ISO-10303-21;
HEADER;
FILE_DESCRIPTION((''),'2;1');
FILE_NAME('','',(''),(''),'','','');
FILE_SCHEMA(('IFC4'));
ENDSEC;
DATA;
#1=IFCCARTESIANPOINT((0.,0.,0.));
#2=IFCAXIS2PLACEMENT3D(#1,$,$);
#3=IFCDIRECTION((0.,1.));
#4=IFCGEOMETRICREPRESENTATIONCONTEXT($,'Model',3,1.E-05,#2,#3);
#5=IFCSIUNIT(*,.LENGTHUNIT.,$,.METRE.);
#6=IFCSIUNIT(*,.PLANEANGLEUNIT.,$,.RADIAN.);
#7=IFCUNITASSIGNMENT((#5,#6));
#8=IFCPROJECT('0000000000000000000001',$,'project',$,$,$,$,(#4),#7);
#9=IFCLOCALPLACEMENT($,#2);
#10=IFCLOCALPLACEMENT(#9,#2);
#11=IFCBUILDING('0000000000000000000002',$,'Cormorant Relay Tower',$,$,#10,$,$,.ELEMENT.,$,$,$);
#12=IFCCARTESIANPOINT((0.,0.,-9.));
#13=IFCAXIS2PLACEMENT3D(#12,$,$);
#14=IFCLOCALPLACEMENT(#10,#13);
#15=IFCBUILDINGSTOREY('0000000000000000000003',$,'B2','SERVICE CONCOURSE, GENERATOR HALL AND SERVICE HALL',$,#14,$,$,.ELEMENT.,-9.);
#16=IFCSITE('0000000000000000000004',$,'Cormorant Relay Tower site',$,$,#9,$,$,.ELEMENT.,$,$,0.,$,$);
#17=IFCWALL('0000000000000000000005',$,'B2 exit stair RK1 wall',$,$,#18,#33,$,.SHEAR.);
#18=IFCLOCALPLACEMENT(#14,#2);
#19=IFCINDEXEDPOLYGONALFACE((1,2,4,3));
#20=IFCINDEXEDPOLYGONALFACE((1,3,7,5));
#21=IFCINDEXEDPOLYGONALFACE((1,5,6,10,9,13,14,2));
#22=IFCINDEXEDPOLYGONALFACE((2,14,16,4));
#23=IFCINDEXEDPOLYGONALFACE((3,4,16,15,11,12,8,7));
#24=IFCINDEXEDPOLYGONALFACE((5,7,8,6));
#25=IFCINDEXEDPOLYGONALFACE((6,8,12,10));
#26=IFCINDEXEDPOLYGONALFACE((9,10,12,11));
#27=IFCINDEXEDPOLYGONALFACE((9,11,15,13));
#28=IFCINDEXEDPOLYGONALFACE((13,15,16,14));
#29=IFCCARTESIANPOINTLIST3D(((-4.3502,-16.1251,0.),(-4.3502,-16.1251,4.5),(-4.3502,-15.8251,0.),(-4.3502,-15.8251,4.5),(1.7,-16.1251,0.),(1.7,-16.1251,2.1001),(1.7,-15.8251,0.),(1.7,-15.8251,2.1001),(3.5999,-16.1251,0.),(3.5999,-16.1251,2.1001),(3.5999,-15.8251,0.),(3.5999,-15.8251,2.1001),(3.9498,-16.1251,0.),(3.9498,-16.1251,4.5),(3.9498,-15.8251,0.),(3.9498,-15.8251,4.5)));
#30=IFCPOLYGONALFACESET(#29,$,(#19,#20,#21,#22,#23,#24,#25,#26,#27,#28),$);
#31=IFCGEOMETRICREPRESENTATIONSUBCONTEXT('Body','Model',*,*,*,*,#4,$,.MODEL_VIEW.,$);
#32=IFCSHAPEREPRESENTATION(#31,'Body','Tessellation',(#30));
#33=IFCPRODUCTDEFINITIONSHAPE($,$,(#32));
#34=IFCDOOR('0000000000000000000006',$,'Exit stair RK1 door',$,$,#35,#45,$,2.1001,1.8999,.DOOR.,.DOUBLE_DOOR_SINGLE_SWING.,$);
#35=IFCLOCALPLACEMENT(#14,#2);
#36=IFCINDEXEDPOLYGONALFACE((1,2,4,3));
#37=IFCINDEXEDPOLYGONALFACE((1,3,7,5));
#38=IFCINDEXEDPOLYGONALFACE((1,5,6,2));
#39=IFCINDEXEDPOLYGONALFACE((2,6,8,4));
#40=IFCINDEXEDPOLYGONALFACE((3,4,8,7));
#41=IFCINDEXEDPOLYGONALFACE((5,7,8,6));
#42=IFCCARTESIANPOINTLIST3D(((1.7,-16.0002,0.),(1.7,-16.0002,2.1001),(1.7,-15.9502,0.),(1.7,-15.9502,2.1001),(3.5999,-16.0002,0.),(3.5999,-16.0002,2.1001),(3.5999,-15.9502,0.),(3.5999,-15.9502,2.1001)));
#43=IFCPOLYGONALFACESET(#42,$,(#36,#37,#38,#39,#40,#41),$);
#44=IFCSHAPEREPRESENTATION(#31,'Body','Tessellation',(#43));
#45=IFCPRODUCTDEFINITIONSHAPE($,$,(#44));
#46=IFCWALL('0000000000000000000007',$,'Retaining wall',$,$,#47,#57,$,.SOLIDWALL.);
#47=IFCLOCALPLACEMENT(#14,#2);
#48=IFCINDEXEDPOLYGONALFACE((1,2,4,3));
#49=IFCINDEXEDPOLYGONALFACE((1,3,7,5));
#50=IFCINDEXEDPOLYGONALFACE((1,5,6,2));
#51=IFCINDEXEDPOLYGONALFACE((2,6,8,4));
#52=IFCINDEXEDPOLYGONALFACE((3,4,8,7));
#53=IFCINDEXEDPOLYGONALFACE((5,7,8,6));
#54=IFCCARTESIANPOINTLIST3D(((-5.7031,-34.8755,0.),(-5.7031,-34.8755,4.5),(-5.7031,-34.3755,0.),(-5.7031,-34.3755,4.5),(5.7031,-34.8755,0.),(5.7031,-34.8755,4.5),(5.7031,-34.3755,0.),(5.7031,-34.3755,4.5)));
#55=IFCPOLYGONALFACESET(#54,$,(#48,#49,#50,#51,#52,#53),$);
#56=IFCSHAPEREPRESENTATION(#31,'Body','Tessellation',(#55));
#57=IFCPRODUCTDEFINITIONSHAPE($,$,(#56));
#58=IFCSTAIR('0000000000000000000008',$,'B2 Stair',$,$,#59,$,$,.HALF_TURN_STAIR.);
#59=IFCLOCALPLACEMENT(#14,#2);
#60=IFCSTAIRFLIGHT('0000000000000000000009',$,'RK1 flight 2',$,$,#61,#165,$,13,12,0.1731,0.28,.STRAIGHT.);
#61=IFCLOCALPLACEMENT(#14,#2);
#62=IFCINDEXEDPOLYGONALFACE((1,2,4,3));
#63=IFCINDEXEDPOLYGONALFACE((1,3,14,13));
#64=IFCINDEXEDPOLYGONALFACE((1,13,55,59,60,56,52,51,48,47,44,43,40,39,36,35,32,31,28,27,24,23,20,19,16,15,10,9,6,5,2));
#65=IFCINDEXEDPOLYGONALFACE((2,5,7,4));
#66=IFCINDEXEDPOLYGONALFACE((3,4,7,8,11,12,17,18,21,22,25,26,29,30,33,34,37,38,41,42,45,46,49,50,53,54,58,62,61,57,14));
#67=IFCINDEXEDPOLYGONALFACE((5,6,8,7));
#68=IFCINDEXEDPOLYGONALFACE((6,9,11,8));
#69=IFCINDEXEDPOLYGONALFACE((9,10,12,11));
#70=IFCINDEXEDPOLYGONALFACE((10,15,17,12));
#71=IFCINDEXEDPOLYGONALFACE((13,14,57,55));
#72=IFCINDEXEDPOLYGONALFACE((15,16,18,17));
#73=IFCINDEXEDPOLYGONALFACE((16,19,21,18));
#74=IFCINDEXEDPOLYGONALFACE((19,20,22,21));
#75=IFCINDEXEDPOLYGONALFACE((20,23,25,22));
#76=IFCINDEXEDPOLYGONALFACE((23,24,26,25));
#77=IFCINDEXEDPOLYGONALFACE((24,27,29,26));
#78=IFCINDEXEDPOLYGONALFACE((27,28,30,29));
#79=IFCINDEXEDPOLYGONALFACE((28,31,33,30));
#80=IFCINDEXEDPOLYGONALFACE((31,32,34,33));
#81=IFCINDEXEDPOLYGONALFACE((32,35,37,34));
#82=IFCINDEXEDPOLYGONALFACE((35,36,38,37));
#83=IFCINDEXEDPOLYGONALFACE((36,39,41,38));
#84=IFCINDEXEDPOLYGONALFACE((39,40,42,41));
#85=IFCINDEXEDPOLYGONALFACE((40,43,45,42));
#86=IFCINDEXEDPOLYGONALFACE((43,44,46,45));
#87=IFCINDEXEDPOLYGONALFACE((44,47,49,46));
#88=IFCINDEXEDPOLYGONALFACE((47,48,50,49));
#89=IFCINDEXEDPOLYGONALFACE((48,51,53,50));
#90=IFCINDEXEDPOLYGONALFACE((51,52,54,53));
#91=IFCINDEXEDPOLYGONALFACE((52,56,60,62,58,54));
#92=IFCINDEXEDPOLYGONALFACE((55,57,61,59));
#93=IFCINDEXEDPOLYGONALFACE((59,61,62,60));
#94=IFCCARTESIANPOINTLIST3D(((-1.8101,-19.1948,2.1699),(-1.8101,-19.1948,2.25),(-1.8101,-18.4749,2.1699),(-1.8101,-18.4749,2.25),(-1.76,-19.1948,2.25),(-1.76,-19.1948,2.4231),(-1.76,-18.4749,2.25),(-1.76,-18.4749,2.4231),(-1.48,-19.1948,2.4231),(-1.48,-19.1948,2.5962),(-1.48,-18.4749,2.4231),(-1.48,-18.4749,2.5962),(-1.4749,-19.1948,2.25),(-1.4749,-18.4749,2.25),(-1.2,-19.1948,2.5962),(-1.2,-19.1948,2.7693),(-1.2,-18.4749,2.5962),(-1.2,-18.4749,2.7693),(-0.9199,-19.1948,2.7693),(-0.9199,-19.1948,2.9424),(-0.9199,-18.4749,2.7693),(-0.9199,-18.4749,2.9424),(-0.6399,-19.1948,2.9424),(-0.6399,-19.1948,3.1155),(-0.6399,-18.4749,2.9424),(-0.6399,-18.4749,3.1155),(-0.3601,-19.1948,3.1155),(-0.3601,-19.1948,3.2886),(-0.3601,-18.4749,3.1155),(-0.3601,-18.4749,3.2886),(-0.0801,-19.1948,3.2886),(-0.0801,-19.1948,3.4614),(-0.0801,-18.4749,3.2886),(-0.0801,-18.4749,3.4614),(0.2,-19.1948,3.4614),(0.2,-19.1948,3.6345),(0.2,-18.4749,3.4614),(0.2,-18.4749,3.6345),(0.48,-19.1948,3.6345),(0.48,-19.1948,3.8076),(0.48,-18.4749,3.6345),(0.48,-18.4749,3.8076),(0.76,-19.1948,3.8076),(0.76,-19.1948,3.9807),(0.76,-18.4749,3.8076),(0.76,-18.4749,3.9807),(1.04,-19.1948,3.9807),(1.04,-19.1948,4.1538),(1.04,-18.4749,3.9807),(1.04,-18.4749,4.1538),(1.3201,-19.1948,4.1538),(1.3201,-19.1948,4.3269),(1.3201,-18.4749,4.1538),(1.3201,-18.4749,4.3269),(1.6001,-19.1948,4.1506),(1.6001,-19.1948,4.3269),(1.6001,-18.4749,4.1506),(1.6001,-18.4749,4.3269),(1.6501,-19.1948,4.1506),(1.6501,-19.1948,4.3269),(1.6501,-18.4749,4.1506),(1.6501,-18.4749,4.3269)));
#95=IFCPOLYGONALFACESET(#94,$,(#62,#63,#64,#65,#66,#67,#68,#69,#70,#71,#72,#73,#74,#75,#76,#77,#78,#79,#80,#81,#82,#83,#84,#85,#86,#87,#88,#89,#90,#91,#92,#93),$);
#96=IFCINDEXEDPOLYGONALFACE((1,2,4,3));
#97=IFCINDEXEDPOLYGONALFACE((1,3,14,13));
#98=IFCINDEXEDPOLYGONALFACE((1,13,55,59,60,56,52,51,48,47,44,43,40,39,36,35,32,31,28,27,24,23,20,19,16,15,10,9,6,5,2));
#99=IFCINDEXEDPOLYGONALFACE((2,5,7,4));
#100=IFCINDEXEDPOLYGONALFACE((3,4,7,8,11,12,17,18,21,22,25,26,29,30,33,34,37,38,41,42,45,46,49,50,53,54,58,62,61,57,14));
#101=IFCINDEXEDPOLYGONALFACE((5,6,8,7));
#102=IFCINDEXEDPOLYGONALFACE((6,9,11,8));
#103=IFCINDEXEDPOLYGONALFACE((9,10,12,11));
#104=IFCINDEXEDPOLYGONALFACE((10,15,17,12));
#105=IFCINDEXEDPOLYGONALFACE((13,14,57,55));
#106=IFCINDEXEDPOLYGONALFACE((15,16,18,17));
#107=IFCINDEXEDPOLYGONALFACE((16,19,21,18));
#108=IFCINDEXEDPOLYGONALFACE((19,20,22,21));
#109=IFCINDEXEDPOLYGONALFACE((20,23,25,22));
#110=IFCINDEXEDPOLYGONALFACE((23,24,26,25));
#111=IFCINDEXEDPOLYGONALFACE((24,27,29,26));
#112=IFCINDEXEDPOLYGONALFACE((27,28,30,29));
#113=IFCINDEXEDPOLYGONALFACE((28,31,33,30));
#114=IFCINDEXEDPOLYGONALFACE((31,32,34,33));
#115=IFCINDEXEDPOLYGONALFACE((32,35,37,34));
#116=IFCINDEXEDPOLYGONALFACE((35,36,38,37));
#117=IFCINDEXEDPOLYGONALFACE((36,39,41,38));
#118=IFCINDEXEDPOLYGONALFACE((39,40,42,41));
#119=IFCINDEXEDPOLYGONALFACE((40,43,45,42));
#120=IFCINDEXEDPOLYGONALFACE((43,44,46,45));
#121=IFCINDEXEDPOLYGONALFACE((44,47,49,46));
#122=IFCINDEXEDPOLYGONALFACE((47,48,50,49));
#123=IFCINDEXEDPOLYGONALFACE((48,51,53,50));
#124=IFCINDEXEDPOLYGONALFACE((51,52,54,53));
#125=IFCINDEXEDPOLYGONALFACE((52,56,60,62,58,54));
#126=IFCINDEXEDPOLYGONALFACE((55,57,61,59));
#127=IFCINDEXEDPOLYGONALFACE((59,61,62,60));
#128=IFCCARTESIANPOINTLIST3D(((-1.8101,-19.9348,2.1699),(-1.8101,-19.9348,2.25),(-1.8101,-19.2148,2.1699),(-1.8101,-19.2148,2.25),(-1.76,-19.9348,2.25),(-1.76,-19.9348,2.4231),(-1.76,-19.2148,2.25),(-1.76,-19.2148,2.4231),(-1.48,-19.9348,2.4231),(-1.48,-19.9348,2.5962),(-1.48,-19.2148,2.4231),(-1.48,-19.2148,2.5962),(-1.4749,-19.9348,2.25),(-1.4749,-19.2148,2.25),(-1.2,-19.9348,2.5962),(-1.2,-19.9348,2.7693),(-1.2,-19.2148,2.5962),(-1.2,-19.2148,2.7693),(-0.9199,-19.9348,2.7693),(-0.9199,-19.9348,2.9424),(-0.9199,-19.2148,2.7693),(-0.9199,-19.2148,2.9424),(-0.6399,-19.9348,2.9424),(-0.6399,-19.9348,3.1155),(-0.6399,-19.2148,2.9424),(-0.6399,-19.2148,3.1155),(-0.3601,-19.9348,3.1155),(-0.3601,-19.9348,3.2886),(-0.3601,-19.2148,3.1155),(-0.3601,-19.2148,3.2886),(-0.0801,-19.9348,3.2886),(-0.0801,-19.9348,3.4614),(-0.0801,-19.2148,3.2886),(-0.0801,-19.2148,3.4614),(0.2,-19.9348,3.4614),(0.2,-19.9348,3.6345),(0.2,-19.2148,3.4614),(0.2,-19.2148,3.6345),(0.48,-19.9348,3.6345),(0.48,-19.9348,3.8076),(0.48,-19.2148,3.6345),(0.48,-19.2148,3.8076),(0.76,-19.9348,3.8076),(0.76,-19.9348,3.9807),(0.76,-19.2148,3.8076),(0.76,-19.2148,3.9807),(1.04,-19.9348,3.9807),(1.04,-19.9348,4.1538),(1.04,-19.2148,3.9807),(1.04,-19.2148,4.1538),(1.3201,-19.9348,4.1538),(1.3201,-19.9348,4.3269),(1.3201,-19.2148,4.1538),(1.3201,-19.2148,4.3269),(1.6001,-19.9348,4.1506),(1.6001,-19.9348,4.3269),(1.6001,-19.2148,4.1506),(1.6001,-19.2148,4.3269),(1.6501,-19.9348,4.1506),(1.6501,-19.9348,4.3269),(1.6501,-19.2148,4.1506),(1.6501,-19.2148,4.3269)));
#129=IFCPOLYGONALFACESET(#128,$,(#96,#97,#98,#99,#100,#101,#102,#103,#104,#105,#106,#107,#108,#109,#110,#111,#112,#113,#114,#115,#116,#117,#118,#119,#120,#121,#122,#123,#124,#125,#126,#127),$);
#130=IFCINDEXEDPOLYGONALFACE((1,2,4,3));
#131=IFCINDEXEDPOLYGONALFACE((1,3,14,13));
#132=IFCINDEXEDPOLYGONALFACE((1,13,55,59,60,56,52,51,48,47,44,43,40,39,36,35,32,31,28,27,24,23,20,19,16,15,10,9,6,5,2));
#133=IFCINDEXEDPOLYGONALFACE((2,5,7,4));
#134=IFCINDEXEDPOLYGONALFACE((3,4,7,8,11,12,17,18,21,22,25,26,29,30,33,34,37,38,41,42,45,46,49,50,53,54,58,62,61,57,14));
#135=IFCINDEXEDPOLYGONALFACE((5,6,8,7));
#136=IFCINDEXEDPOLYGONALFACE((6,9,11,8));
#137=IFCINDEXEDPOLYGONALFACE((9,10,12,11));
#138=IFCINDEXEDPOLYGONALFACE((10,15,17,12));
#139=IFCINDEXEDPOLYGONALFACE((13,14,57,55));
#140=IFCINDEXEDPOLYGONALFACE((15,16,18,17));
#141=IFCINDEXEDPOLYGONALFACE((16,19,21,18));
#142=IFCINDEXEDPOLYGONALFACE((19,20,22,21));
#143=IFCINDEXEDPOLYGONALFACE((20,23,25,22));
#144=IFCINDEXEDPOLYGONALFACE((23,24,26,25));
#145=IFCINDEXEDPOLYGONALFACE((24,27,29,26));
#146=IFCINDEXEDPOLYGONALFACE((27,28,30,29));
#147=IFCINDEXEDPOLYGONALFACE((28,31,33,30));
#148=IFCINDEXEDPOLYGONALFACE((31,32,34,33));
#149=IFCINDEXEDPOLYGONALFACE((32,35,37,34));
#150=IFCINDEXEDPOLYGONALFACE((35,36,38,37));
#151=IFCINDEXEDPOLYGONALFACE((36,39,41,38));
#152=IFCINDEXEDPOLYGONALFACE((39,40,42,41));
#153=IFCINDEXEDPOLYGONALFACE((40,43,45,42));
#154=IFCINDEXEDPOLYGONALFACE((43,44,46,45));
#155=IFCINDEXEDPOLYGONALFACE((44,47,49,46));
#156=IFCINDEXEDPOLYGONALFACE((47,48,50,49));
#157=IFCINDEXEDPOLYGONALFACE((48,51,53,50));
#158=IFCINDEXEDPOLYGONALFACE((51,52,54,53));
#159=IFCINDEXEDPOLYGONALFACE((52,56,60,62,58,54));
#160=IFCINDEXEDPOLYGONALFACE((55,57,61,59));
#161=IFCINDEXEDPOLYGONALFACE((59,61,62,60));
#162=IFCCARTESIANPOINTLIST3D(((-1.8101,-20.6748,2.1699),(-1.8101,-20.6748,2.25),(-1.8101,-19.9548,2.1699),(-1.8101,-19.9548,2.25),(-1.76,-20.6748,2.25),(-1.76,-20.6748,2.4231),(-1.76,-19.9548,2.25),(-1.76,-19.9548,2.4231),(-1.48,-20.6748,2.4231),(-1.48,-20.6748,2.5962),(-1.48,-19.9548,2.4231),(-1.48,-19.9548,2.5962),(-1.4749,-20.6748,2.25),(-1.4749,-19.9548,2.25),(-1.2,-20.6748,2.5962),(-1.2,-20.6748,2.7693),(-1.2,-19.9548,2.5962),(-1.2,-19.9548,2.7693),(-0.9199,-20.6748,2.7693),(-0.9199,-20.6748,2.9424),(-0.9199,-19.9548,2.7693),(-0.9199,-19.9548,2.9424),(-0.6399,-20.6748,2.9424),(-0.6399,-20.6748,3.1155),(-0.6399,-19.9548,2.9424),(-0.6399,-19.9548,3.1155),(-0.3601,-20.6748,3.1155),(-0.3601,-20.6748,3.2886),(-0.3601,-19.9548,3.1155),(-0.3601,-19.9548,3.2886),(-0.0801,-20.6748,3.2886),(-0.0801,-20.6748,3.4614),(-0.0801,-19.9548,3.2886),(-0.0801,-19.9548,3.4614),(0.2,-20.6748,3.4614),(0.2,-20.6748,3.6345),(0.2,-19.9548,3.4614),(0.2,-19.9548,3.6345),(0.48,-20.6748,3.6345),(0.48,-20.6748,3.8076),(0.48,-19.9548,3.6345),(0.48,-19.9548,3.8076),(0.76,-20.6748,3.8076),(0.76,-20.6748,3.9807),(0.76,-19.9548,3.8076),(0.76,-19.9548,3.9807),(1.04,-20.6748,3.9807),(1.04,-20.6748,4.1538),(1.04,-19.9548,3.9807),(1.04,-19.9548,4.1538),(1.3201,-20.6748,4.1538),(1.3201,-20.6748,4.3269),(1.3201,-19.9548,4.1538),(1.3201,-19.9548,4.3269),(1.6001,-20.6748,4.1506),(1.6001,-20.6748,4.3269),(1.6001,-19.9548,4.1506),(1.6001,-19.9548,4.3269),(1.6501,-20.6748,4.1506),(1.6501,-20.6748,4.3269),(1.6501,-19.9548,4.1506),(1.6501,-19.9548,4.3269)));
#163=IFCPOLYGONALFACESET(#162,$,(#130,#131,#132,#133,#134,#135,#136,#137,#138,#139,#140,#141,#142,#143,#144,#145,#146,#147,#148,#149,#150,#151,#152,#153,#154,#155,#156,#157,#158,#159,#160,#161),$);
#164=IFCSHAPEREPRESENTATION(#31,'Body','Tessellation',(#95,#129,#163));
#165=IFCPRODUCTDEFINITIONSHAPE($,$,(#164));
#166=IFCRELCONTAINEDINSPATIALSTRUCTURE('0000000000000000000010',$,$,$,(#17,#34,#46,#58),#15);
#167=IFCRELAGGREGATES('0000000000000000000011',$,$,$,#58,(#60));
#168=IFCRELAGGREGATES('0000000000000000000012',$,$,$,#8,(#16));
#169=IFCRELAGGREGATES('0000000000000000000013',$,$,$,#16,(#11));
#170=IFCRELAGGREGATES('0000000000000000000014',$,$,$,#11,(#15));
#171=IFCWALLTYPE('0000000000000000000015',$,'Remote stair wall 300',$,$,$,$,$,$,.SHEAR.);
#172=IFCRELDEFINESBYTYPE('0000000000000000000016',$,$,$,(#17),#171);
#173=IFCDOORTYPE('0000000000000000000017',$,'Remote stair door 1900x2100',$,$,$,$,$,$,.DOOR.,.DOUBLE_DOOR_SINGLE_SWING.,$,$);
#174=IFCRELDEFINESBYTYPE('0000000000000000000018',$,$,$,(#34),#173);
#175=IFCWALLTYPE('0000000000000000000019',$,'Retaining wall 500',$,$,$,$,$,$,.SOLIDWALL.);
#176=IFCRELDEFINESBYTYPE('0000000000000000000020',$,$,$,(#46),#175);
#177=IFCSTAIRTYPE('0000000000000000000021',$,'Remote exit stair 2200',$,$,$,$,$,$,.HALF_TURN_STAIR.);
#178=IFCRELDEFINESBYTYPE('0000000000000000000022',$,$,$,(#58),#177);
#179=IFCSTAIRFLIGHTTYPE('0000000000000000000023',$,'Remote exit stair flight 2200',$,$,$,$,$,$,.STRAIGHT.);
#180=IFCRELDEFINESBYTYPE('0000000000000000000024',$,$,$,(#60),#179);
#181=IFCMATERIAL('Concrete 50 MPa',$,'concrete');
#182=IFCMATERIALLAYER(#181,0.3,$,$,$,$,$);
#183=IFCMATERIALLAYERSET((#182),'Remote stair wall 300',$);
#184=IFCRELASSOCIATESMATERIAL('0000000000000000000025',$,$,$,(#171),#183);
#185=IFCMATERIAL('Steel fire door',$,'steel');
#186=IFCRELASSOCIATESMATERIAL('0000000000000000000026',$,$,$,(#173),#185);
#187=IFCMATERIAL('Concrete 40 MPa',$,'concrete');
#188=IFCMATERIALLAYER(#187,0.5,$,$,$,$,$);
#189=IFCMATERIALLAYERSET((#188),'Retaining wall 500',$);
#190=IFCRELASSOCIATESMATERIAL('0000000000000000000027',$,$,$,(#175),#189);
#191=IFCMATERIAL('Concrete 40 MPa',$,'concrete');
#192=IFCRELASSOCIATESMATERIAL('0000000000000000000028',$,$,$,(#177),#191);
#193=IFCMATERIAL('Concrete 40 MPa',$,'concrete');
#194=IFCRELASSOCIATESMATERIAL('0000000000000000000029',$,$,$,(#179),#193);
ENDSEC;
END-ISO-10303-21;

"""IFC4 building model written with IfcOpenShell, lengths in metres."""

from ifc_helpers import new_model, si_unit, direction, frame, frame_2d, origin, place, context, subcontext, project, spatial, polyline, rectangle, outline, extrude, material, layer, layer_set, type_object, element, fill, aggregate, save


model = new_model("IFC4")

# Units and contexts
model_context = context("Model", 3, precision=1e-05, world=origin(), true_north=direction((0.0, 1.0)))
body_context = subcontext(model_context, "Body", "Model", "MODEL_VIEW")
ifc_project = project(units=[si_unit("LENGTHUNIT", "METRE"), si_unit("PLANEANGLEUNIT", "RADIAN")], contexts=[model_context])

# Site, building, storey
site_placement = place(None, origin())
site = spatial("IfcSite", under=ifc_project, at=site_placement, Name="Cormorant Relay Tower site", CompositionType="ELEMENT", RefElevation=0.0)
building_placement = place(site_placement, origin())
building = spatial("IfcBuilding", under=site, at=building_placement, Name="Cormorant Relay Tower", CompositionType="ELEMENT")
storey_placement = place(building_placement, frame((0.0, 0.0, -9.0)))
storey = spatial("IfcBuildingStorey", under=building, at=storey_placement, Name="B2", Description="SERVICE CONCOURSE, GENERATOR HALL AND SERVICE HALL", CompositionType="ELEMENT", Elevation=-9.0)

# Shared definitions
ifc_material_1 = material(Name="Concrete 50 MPa", Category="concrete")
ifc_layer_1 = layer(ifc_material_1, 0.3)
ifc_layer_set_1 = layer_set([ifc_layer_1], Name="Remote stair wall 300")
wall_type_1 = type_object("IfcWallType", Name="Remote stair wall 300", PredefinedType="SHEAR", material=ifc_layer_set_1)

# Wall, opening, door
wall_1_placement = place(storey_placement, frame((-4.3501, -15.9751, 0.0), z_axis=(0.0, 0.0, 1.0), x_axis=(1.0, 0.0, 0.0)))
wall_1 = element("IfcWall", 1, at=wall_1_placement, inside=storey, type_object=wall_type_1, Name="B2 exit stair RK1 wall", PredefinedType="SHEAR", context=body_context, shape_type="SweptSolid", body=[
    extrude(rectangle(XDim=8.3, YDim=0.3, at=frame_2d((4.1499, 0.0))), origin(), (0.0, 0.0, 1.0), 4.5),
])
opening_1_placement = place(wall_1_placement, frame((6.05, 0.0, 0.0)))
opening_1 = element("IfcOpeningElement", 2, at=opening_1_placement, cuts=wall_1, PredefinedType="OPENING", context=body_context, shape_type="SweptSolid", body=[
    extrude(rectangle(XDim=1.8999, YDim=2.1001, at=frame_2d((0.95, 1.05))), frame((0.0, 0.1599, 0.0), z_axis=(0.0, -1.0, 0.0), x_axis=(1.0, 0.0, 0.0)), (0.0, 0.0, 1.0), 0.3201),
])
ifc_material_2 = material(Name="Steel fire door", Category="steel")
door_type_1 = type_object("IfcDoorType", Name="Remote stair door 1900x2100", OperationType="DOUBLE_DOOR_SINGLE_SWING", PredefinedType="DOOR", material=ifc_material_2)
door_1_placement = place(opening_1_placement, origin())
door_1 = element("IfcDoor", 3, at=door_1_placement, inside=storey, type_object=door_type_1, Name="Exit stair RK1 door", OperationType="DOUBLE_DOOR_SINGLE_SWING", OverallHeight=2.1001, OverallWidth=1.8999, PredefinedType="DOOR", context=body_context, shape_type="SweptSolid", body=[
    extrude(rectangle(XDim=1.8999, YDim=2.1001, at=frame_2d((0.95, 1.05))), frame((0.0, 0.0249, 0.0), z_axis=(0.0, -1.0, 0.0), x_axis=(1.0, 0.0, 0.0)), (0.0, 0.0, 1.0), 0.05),
])
fill(opening_1, door_1)

# Wall
ifc_material_3 = material(Name="Concrete 40 MPa", Category="concrete")
ifc_layer_2 = layer(ifc_material_3, 0.5)
ifc_layer_set_2 = layer_set([ifc_layer_2], Name="Retaining wall 500")
wall_type_2 = type_object("IfcWallType", Name="Retaining wall 500", PredefinedType="SOLIDWALL", material=ifc_layer_set_2)
wall_2_placement = place(storey_placement, frame((-5.7031, -34.6255, 0.0), z_axis=(0.0, 0.0, 1.0), x_axis=(1.0, 0.0, 0.0)))
element("IfcWall", 4, at=wall_2_placement, inside=storey, type_object=wall_type_2, Name="Retaining wall", PredefinedType="SOLIDWALL", context=body_context, shape_type="SweptSolid", body=[
    extrude(rectangle(XDim=11.4062, YDim=0.5, at=frame_2d((5.7031, 0.0))), origin(), (0.0, 0.0, 1.0), 4.5),
])

# Stair, stair flight
ifc_material_4 = material(Name="Concrete 40 MPa", Category="concrete")
stair_type = type_object("IfcStairType", Name="Remote exit stair 2200", PredefinedType="HALF_TURN_STAIR", material=ifc_material_4)
stair_placement = place(storey_placement, origin())
stair = element("IfcStair", 5, at=stair_placement, inside=storey, type_object=stair_type, Name="B2 Stair", PredefinedType="HALF_TURN_STAIR")
ifc_material_5 = material(Name="Concrete 40 MPa", Category="concrete")
stair_flight_type = type_object("IfcStairFlightType", Name="Remote exit stair flight 2200", PredefinedType="STRAIGHT", material=ifc_material_5)
stair_flight_placement = place(storey_placement, frame((-1.76, -19.575, 2.25), z_axis=(0.0, 0.0, 1.0), x_axis=(1.0, 0.0, 0.0)))
stair_flight = element("IfcStairFlight", 6, at=stair_flight_placement, type_object=stair_flight_type, Name="RK1 flight 2", NumberOfRisers=13, NumberOfTreads=12, PredefinedType="STRAIGHT", RiserHeight=0.1731, TreadLength=0.28, context=body_context, shape_type="SweptSolid", body=[
    extrude(outline(polyline([(-0.05, -0.0801), (-0.05, 0.0), (0.0, 0.0), (0.0, 0.1731), (0.28, 0.1731), (0.28, 0.3462), (0.5601, 0.3462), (0.5601, 0.5193), (0.8401, 0.5193), (0.8401, 0.6924), (1.1201, 0.6924), (1.1201, 0.8655), (1.3999, 0.8655), (1.3999, 1.0386), (1.6799, 1.0386), (1.6799, 1.2114), (1.96, 1.2114), (1.96, 1.3845), (2.24, 1.3845), (2.24, 1.5576), (2.52, 1.5576), (2.52, 1.7307), (2.8, 1.7307), (2.8, 1.9038), (3.0801, 1.9038), (3.0801, 2.0769), (3.3601, 2.0769), (3.4102, 2.0769), (3.4102, 1.9006), (3.3601, 1.9006), (0.2852, 0.0), (-0.05, -0.0801)])), frame((0.0, 1.1001, 0.0), z_axis=(0.0, -1.0, 0.0), x_axis=(1.0, 0.0, 0.0)), (0.0, 0.0, 1.0), 0.72),
    extrude(outline(polyline([(-0.05, -0.0801), (-0.05, 0.0), (0.0, 0.0), (0.0, 0.1731), (0.28, 0.1731), (0.28, 0.3462), (0.5601, 0.3462), (0.5601, 0.5193), (0.8401, 0.5193), (0.8401, 0.6924), (1.1201, 0.6924), (1.1201, 0.8655), (1.3999, 0.8655), (1.3999, 1.0386), (1.6799, 1.0386), (1.6799, 1.2114), (1.96, 1.2114), (1.96, 1.3845), (2.24, 1.3845), (2.24, 1.5576), (2.52, 1.5576), (2.52, 1.7307), (2.8, 1.7307), (2.8, 1.9038), (3.0801, 1.9038), (3.0801, 2.0769), (3.3601, 2.0769), (3.4102, 2.0769), (3.4102, 1.9006), (3.3601, 1.9006), (0.2852, 0.0), (-0.05, -0.0801)])), frame((0.0, 0.3601, 0.0), z_axis=(0.0, -1.0, 0.0), x_axis=(1.0, 0.0, 0.0)), (0.0, 0.0, 1.0), 0.72),
    extrude(outline(polyline([(-0.05, -0.0801), (-0.05, 0.0), (0.0, 0.0), (0.0, 0.1731), (0.28, 0.1731), (0.28, 0.3462), (0.5601, 0.3462), (0.5601, 0.5193), (0.8401, 0.5193), (0.8401, 0.6924), (1.1201, 0.6924), (1.1201, 0.8655), (1.3999, 0.8655), (1.3999, 1.0386), (1.6799, 1.0386), (1.6799, 1.2114), (1.96, 1.2114), (1.96, 1.3845), (2.24, 1.3845), (2.24, 1.5576), (2.52, 1.5576), (2.52, 1.7307), (2.8, 1.7307), (2.8, 1.9038), (3.0801, 1.9038), (3.0801, 2.0769), (3.3601, 2.0769), (3.4102, 2.0769), (3.4102, 1.9006), (3.3601, 1.9006), (0.2852, 0.0), (-0.05, -0.0801)])), frame((0.0, -0.3799, 0.0), z_axis=(0.0, -1.0, 0.0), x_axis=(1.0, 0.0, 0.0)), (0.0, 0.0, 1.0), 0.72),
])
aggregate(stair, [stair_flight])

save(model, "model.ifc")
